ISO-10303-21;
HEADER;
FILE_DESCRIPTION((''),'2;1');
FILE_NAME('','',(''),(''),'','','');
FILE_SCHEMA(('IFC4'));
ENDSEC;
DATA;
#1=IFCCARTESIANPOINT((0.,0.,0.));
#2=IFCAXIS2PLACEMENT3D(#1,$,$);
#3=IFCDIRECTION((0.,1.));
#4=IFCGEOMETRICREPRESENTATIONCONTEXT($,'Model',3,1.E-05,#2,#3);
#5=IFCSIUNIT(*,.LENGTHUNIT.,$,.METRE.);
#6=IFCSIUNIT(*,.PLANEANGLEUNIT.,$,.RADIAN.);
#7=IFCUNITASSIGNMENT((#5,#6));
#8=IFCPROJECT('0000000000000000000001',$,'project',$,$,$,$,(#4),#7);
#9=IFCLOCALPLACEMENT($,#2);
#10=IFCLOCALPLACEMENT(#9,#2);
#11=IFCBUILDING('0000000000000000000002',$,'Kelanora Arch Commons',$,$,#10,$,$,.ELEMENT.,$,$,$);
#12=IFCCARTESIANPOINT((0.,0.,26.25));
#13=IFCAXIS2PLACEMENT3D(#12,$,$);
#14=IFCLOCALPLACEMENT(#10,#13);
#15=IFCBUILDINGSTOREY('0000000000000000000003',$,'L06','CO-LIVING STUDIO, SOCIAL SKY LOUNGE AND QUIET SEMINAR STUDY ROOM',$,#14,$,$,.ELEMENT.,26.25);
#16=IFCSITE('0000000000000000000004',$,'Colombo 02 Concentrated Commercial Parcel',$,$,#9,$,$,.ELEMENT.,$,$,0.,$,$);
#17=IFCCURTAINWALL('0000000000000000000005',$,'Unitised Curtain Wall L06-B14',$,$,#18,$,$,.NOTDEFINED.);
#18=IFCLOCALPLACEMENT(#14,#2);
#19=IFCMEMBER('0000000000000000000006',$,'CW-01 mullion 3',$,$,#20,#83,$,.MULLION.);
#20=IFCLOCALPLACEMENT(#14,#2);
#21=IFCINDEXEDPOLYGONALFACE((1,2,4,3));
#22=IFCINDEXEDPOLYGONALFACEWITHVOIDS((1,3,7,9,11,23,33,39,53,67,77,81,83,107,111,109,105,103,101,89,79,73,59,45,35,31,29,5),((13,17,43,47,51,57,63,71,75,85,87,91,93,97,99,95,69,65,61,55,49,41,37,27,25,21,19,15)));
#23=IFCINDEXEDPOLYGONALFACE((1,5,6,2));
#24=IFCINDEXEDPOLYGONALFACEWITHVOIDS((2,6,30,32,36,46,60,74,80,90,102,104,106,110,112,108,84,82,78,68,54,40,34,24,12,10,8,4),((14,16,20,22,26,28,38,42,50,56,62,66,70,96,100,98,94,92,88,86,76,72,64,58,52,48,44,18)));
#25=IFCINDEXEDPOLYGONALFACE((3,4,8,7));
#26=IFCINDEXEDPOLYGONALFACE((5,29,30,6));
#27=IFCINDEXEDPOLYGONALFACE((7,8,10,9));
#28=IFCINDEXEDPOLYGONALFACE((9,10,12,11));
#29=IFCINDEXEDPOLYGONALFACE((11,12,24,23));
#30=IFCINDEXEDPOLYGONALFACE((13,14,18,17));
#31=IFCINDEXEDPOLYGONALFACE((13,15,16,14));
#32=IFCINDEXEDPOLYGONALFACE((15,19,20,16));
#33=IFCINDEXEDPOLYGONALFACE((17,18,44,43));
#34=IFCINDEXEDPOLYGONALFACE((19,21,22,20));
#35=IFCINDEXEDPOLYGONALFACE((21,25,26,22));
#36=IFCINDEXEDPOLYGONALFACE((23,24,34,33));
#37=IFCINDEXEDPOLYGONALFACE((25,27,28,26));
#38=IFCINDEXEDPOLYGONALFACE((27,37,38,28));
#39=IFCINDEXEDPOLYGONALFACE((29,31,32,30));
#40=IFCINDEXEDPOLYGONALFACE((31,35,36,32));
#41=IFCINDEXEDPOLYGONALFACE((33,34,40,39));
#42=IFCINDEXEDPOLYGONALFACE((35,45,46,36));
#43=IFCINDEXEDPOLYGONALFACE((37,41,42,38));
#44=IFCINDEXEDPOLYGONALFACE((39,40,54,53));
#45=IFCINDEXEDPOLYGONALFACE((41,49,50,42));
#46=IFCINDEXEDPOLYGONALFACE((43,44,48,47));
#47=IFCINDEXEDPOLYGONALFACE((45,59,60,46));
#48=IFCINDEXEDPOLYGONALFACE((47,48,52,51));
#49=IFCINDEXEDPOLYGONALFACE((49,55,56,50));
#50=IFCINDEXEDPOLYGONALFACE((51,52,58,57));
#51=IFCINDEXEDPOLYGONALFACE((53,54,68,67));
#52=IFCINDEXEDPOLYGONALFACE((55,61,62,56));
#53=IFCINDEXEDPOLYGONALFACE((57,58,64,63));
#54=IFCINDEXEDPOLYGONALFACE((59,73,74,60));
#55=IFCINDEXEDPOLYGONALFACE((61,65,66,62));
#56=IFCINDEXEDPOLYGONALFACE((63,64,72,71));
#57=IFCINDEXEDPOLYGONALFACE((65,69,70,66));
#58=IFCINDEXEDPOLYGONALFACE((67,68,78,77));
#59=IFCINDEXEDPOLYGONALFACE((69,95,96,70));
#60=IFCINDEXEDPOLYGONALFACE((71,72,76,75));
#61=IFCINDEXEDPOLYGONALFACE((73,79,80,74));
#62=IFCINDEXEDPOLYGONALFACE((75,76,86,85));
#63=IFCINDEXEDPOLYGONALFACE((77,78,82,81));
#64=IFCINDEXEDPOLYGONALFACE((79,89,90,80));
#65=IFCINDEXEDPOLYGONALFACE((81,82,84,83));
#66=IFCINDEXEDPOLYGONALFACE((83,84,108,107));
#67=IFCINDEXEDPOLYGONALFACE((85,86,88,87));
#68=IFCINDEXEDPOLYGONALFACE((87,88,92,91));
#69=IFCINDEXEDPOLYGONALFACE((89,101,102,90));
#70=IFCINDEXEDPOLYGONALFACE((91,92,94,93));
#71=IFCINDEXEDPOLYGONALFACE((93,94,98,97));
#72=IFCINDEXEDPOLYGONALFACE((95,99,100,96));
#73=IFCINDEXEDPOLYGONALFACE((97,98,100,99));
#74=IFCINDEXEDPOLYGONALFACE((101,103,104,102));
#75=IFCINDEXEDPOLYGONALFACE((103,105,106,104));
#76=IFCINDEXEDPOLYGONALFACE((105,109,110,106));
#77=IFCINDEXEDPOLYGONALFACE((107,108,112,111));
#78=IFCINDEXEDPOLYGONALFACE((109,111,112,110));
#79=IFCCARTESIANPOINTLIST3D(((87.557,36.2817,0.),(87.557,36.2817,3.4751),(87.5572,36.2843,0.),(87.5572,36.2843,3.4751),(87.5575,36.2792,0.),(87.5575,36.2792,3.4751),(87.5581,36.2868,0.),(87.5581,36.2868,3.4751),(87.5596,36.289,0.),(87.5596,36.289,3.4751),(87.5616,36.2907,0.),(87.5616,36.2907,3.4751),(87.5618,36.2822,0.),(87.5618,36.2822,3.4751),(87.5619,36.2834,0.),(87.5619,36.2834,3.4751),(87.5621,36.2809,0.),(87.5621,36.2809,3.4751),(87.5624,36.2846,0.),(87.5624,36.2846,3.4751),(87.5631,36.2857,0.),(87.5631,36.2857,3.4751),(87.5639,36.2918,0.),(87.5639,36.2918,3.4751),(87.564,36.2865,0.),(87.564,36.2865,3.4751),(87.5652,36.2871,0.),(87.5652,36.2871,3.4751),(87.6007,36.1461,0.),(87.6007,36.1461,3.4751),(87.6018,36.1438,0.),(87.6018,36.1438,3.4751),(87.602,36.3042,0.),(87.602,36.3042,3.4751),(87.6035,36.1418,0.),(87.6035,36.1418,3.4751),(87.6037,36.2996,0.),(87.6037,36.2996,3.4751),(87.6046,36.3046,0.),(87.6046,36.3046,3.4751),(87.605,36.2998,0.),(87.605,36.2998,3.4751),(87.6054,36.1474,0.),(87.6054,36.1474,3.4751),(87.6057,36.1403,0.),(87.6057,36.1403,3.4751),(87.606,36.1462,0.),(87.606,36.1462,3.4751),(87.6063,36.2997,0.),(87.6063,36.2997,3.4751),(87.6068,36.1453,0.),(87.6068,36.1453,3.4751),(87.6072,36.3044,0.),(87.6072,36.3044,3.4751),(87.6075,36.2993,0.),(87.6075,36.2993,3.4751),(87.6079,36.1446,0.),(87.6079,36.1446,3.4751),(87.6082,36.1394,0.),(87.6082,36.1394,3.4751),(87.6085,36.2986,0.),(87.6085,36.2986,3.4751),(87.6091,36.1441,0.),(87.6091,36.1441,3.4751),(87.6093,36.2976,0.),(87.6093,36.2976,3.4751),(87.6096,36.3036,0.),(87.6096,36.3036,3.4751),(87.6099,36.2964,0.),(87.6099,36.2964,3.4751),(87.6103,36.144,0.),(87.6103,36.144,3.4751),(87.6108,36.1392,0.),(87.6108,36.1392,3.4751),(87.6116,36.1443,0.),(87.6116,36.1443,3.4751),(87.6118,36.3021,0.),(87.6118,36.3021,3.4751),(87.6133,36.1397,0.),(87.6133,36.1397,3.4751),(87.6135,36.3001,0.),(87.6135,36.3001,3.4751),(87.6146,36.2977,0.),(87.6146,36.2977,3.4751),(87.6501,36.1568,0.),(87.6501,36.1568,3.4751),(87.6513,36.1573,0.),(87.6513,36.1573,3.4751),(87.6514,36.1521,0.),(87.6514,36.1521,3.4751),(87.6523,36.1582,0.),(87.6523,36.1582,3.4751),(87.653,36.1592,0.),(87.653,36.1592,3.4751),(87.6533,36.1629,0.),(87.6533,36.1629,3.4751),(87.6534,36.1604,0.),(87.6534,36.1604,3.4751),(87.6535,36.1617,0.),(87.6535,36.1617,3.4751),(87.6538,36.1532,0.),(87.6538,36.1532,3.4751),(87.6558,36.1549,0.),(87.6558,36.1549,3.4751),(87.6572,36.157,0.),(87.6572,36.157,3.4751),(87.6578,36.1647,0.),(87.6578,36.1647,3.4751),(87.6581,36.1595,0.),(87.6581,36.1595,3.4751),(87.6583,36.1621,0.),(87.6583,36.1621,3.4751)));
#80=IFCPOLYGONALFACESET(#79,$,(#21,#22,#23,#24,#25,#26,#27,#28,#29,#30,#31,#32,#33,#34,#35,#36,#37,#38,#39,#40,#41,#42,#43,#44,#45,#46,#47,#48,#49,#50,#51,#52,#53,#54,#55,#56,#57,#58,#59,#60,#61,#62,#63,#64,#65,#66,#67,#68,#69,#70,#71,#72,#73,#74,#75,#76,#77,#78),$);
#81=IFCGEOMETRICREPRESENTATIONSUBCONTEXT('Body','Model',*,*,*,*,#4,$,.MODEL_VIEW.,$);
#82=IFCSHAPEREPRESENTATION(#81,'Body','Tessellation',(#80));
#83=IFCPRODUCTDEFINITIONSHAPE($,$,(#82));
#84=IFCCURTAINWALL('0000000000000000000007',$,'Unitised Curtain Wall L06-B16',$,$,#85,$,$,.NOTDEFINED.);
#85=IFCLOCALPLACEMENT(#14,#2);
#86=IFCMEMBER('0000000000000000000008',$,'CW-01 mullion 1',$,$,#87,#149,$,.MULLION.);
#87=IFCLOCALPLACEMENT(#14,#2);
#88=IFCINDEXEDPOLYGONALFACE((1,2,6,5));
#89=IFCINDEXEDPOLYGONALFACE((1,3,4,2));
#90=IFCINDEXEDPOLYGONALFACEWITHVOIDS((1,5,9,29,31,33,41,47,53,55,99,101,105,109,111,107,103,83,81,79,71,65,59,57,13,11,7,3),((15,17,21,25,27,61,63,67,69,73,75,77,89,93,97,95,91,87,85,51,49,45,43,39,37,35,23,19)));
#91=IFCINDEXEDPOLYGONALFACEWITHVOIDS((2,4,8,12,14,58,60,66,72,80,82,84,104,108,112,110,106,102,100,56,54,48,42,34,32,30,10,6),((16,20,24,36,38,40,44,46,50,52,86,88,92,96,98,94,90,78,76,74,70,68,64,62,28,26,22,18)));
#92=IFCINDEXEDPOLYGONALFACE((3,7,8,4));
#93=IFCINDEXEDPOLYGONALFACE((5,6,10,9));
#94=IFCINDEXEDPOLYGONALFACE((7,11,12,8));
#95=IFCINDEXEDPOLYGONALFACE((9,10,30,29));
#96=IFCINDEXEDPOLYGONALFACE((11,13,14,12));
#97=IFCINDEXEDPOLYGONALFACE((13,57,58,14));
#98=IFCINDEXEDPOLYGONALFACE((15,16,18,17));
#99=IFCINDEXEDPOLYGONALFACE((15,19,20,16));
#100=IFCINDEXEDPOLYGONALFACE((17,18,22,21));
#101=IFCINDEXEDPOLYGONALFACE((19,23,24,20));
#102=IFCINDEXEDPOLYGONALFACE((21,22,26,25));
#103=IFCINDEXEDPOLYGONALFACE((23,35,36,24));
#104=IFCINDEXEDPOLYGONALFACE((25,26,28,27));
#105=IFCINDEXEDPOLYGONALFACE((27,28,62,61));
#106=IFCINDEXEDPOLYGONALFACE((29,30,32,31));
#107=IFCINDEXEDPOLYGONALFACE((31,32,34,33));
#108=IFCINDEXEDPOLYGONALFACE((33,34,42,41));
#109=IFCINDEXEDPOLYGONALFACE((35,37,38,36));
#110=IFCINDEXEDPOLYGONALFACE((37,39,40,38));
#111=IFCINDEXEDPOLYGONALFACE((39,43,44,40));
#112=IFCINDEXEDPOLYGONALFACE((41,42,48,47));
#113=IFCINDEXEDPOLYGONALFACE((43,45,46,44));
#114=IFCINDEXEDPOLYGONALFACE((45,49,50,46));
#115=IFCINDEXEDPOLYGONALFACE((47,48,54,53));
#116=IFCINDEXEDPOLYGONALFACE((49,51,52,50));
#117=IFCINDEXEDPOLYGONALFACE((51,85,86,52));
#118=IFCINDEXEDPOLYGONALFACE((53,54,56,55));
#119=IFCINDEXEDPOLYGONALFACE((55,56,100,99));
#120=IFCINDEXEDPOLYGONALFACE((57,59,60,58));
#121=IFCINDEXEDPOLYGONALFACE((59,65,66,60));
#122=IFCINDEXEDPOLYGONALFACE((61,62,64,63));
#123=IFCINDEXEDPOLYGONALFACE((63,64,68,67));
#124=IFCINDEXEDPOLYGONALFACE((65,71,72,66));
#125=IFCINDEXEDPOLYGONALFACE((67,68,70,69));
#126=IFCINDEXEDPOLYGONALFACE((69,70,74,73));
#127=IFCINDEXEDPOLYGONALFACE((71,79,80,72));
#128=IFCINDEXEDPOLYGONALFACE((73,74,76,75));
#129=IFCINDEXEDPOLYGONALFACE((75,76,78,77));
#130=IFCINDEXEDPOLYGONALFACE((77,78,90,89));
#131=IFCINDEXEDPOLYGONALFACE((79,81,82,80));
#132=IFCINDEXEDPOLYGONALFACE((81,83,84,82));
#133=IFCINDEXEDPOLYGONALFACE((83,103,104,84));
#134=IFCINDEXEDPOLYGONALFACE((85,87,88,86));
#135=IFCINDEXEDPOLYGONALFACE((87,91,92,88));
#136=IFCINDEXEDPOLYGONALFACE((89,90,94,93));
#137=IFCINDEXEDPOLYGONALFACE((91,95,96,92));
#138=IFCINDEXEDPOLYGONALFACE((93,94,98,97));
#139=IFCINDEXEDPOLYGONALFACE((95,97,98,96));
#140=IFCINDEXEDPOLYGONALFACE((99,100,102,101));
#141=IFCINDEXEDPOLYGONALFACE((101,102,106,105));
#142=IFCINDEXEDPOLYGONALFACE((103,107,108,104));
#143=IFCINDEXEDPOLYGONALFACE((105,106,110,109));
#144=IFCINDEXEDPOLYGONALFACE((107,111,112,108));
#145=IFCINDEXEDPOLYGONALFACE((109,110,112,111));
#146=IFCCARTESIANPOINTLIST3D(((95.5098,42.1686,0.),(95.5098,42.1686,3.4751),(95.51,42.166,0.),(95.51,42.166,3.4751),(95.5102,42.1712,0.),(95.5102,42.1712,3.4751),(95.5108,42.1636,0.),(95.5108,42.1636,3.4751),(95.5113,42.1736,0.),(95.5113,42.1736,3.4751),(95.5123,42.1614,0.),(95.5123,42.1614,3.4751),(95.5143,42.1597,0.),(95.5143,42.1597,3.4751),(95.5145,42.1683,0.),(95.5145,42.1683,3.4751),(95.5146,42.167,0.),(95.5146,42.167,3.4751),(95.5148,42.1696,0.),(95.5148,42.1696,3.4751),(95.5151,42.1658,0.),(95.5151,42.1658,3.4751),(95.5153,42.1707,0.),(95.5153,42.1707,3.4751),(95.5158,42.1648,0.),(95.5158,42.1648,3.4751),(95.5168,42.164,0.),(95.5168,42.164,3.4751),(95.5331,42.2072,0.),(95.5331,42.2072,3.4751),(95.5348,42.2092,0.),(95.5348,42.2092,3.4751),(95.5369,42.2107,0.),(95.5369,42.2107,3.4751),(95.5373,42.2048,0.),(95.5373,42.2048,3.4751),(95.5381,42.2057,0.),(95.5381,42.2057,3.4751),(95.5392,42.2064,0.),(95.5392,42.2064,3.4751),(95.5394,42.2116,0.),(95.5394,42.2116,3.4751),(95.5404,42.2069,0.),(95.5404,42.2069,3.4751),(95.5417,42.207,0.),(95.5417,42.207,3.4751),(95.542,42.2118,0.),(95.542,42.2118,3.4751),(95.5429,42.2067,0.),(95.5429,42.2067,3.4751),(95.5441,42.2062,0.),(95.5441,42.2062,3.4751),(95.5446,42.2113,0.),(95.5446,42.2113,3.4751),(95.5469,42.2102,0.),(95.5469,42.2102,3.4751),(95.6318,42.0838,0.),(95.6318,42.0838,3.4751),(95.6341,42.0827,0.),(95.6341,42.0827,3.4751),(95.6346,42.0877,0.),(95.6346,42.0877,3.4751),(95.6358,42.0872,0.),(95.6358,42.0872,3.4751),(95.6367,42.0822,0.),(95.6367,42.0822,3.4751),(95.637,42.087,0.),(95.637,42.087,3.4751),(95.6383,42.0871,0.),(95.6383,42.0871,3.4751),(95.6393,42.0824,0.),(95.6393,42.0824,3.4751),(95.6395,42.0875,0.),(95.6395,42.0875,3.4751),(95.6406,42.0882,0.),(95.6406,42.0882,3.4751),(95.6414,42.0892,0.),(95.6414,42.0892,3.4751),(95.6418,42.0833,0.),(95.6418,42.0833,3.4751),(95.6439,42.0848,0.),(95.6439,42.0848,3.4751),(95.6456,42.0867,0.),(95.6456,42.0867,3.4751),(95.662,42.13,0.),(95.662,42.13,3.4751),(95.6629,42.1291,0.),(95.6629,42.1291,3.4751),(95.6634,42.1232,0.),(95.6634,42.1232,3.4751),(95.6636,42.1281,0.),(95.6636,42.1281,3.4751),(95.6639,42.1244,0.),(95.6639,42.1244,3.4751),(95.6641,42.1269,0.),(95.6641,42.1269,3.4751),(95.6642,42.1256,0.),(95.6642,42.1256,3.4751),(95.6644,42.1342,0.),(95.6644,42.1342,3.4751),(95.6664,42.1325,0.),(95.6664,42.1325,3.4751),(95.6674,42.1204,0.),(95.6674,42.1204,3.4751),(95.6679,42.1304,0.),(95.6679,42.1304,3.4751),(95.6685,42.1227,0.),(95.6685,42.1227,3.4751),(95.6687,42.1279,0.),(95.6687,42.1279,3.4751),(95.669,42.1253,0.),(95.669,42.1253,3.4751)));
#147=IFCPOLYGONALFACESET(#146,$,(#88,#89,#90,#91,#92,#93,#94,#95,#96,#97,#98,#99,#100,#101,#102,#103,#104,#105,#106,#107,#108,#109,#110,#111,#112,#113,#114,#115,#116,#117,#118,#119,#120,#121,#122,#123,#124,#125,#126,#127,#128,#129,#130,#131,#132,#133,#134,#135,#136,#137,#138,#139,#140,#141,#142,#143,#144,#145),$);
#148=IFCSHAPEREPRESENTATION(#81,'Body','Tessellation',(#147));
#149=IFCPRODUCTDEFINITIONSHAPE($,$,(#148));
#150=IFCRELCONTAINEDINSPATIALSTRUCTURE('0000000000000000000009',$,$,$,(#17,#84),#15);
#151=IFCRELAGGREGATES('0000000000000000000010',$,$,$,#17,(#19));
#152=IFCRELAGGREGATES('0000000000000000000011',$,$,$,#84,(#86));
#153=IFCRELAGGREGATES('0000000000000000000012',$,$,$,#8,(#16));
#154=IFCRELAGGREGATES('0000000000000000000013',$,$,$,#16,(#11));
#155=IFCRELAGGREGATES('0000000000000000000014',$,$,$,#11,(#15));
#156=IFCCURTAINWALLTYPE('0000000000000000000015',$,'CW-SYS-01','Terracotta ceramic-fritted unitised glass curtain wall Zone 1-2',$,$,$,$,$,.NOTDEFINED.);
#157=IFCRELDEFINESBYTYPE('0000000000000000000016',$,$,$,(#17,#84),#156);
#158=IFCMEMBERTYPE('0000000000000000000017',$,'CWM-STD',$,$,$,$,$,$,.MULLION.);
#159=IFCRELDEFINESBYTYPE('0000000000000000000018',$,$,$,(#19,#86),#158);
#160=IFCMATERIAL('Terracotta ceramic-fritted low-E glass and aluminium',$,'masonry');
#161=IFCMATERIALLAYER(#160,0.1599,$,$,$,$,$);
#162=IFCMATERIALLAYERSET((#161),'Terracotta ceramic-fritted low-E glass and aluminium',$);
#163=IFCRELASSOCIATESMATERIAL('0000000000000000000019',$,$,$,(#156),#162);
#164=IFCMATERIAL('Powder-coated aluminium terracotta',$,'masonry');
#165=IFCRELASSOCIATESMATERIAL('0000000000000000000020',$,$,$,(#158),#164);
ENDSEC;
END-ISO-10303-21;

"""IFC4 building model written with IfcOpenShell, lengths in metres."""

from ifc_helpers import new_model, si_unit, direction, frame, origin, origin_2d, place, context, subcontext, project, spatial, hollow_rectangle, extrude, material, layer, layer_set, material_profile, profile_set, type_object, element, aggregate, save


model = new_model("IFC4")

# Units and contexts
model_context = context("Model", 3, precision=1e-05, world=origin(), true_north=direction((0.0, 1.0)))
body_context = subcontext(model_context, "Body", "Model", "MODEL_VIEW")
ifc_project = project(units=[si_unit("LENGTHUNIT", "METRE"), si_unit("PLANEANGLEUNIT", "RADIAN")], contexts=[model_context])

# Site, building, storey
site_placement = place(None, origin())
site = spatial("IfcSite", under=ifc_project, at=site_placement, Name="Colombo 02 Concentrated Commercial Parcel", CompositionType="ELEMENT", RefElevation=0.0)
building_placement = place(site_placement, origin())
building = spatial("IfcBuilding", under=site, at=building_placement, Name="Kelanora Arch Commons", CompositionType="ELEMENT")
storey_placement = place(building_placement, frame((0.0, 0.0, 26.25)))
storey = spatial("IfcBuildingStorey", under=building, at=storey_placement, Name="L06", Description="CO-LIVING STUDIO, SOCIAL SKY LOUNGE AND QUIET SEMINAR STUDY ROOM", CompositionType="ELEMENT", Elevation=26.25)

# Curtain wall, member
ifc_material_1 = material(Name="Terracotta ceramic-fritted low-E glass and aluminium", Category="masonry")
ifc_layer_1 = layer(ifc_material_1, 0.1599)
ifc_layer_set_1 = layer_set([ifc_layer_1], Name="Terracotta ceramic-fritted low-E glass and aluminium")
curtain_wall_type = type_object("IfcCurtainWallType", Name="CW-SYS-01", Description="Terracotta ceramic-fritted unitised glass curtain wall Zone 1-2", PredefinedType="NOTDEFINED", material=ifc_layer_set_1)
curtain_wall_1_placement = place(storey_placement, origin())
curtain_wall_1 = element("IfcCurtainWall", 1, at=curtain_wall_1_placement, inside=storey, type_object=curtain_wall_type, Name="Unitised Curtain Wall L06-B14", PredefinedType="NOTDEFINED")
ifc_material_2 = material(Name="Powder-coated aluminium terracotta", Category="masonry")
ifc_material_profile_1 = material_profile(ifc_material_2, hollow_rectangle(XDim=0.1599, YDim=0.0601, WallThickness=0.0049, InnerFilletRadius=0.0049, OuterFilletRadius=0.01, at=origin_2d()), Name="CWM160x60")
ifc_profile_set_1 = profile_set([ifc_material_profile_1], Name="Powder-coated aluminium terracotta")
member_type_1 = type_object("IfcMemberType", Name="CWM-STD", PredefinedType="MULLION", material=ifc_profile_set_1)
member_1_placement = place(storey_placement, frame((87.6077, 36.2219, 0.0), z_axis=(0.0, 0.0, 1.0), x_axis=(-0.309058, 0.951043, 0.0)))
member_1 = element("IfcMember", 2, at=member_1_placement, type_object=member_type_1, Name="CW-01 mullion 3", PredefinedType="MULLION", context=body_context, shape_type="SweptSolid", body=[
    extrude(hollow_rectangle(XDim=0.1599, YDim=0.0601, WallThickness=0.0049, InnerFilletRadius=0.0049, OuterFilletRadius=0.01, at=origin_2d()), origin(), (0.0, 0.0, 1.0), 3.4751),
])

# Curtain wall, member
curtain_wall_2_placement = place(storey_placement, origin())
curtain_wall_2 = element("IfcCurtainWall", 3, at=curtain_wall_2_placement, inside=storey, type_object=curtain_wall_type, Name="Unitised Curtain Wall L06-B16", PredefinedType="NOTDEFINED")
member_2_placement = place(storey_placement, frame((95.5894, 42.147, 0.0), z_axis=(0.0, 0.0, 1.0), x_axis=(-0.83973, 0.543004, 0.0)))
member_2 = element("IfcMember", 4, at=member_2_placement, type_object=member_type_1, Name="CW-01 mullion 1", PredefinedType="MULLION", context=body_context, shape_type="SweptSolid", body=[
    extrude(hollow_rectangle(XDim=0.1599, YDim=0.0601, WallThickness=0.0049, InnerFilletRadius=0.0049, OuterFilletRadius=0.01, at=origin_2d()), origin(), (0.0, 0.0, 1.0), 3.4751),
])

aggregate(curtain_wall_1, [member_1])
aggregate(curtain_wall_2, [member_2])

save(model, "model.ifc")
